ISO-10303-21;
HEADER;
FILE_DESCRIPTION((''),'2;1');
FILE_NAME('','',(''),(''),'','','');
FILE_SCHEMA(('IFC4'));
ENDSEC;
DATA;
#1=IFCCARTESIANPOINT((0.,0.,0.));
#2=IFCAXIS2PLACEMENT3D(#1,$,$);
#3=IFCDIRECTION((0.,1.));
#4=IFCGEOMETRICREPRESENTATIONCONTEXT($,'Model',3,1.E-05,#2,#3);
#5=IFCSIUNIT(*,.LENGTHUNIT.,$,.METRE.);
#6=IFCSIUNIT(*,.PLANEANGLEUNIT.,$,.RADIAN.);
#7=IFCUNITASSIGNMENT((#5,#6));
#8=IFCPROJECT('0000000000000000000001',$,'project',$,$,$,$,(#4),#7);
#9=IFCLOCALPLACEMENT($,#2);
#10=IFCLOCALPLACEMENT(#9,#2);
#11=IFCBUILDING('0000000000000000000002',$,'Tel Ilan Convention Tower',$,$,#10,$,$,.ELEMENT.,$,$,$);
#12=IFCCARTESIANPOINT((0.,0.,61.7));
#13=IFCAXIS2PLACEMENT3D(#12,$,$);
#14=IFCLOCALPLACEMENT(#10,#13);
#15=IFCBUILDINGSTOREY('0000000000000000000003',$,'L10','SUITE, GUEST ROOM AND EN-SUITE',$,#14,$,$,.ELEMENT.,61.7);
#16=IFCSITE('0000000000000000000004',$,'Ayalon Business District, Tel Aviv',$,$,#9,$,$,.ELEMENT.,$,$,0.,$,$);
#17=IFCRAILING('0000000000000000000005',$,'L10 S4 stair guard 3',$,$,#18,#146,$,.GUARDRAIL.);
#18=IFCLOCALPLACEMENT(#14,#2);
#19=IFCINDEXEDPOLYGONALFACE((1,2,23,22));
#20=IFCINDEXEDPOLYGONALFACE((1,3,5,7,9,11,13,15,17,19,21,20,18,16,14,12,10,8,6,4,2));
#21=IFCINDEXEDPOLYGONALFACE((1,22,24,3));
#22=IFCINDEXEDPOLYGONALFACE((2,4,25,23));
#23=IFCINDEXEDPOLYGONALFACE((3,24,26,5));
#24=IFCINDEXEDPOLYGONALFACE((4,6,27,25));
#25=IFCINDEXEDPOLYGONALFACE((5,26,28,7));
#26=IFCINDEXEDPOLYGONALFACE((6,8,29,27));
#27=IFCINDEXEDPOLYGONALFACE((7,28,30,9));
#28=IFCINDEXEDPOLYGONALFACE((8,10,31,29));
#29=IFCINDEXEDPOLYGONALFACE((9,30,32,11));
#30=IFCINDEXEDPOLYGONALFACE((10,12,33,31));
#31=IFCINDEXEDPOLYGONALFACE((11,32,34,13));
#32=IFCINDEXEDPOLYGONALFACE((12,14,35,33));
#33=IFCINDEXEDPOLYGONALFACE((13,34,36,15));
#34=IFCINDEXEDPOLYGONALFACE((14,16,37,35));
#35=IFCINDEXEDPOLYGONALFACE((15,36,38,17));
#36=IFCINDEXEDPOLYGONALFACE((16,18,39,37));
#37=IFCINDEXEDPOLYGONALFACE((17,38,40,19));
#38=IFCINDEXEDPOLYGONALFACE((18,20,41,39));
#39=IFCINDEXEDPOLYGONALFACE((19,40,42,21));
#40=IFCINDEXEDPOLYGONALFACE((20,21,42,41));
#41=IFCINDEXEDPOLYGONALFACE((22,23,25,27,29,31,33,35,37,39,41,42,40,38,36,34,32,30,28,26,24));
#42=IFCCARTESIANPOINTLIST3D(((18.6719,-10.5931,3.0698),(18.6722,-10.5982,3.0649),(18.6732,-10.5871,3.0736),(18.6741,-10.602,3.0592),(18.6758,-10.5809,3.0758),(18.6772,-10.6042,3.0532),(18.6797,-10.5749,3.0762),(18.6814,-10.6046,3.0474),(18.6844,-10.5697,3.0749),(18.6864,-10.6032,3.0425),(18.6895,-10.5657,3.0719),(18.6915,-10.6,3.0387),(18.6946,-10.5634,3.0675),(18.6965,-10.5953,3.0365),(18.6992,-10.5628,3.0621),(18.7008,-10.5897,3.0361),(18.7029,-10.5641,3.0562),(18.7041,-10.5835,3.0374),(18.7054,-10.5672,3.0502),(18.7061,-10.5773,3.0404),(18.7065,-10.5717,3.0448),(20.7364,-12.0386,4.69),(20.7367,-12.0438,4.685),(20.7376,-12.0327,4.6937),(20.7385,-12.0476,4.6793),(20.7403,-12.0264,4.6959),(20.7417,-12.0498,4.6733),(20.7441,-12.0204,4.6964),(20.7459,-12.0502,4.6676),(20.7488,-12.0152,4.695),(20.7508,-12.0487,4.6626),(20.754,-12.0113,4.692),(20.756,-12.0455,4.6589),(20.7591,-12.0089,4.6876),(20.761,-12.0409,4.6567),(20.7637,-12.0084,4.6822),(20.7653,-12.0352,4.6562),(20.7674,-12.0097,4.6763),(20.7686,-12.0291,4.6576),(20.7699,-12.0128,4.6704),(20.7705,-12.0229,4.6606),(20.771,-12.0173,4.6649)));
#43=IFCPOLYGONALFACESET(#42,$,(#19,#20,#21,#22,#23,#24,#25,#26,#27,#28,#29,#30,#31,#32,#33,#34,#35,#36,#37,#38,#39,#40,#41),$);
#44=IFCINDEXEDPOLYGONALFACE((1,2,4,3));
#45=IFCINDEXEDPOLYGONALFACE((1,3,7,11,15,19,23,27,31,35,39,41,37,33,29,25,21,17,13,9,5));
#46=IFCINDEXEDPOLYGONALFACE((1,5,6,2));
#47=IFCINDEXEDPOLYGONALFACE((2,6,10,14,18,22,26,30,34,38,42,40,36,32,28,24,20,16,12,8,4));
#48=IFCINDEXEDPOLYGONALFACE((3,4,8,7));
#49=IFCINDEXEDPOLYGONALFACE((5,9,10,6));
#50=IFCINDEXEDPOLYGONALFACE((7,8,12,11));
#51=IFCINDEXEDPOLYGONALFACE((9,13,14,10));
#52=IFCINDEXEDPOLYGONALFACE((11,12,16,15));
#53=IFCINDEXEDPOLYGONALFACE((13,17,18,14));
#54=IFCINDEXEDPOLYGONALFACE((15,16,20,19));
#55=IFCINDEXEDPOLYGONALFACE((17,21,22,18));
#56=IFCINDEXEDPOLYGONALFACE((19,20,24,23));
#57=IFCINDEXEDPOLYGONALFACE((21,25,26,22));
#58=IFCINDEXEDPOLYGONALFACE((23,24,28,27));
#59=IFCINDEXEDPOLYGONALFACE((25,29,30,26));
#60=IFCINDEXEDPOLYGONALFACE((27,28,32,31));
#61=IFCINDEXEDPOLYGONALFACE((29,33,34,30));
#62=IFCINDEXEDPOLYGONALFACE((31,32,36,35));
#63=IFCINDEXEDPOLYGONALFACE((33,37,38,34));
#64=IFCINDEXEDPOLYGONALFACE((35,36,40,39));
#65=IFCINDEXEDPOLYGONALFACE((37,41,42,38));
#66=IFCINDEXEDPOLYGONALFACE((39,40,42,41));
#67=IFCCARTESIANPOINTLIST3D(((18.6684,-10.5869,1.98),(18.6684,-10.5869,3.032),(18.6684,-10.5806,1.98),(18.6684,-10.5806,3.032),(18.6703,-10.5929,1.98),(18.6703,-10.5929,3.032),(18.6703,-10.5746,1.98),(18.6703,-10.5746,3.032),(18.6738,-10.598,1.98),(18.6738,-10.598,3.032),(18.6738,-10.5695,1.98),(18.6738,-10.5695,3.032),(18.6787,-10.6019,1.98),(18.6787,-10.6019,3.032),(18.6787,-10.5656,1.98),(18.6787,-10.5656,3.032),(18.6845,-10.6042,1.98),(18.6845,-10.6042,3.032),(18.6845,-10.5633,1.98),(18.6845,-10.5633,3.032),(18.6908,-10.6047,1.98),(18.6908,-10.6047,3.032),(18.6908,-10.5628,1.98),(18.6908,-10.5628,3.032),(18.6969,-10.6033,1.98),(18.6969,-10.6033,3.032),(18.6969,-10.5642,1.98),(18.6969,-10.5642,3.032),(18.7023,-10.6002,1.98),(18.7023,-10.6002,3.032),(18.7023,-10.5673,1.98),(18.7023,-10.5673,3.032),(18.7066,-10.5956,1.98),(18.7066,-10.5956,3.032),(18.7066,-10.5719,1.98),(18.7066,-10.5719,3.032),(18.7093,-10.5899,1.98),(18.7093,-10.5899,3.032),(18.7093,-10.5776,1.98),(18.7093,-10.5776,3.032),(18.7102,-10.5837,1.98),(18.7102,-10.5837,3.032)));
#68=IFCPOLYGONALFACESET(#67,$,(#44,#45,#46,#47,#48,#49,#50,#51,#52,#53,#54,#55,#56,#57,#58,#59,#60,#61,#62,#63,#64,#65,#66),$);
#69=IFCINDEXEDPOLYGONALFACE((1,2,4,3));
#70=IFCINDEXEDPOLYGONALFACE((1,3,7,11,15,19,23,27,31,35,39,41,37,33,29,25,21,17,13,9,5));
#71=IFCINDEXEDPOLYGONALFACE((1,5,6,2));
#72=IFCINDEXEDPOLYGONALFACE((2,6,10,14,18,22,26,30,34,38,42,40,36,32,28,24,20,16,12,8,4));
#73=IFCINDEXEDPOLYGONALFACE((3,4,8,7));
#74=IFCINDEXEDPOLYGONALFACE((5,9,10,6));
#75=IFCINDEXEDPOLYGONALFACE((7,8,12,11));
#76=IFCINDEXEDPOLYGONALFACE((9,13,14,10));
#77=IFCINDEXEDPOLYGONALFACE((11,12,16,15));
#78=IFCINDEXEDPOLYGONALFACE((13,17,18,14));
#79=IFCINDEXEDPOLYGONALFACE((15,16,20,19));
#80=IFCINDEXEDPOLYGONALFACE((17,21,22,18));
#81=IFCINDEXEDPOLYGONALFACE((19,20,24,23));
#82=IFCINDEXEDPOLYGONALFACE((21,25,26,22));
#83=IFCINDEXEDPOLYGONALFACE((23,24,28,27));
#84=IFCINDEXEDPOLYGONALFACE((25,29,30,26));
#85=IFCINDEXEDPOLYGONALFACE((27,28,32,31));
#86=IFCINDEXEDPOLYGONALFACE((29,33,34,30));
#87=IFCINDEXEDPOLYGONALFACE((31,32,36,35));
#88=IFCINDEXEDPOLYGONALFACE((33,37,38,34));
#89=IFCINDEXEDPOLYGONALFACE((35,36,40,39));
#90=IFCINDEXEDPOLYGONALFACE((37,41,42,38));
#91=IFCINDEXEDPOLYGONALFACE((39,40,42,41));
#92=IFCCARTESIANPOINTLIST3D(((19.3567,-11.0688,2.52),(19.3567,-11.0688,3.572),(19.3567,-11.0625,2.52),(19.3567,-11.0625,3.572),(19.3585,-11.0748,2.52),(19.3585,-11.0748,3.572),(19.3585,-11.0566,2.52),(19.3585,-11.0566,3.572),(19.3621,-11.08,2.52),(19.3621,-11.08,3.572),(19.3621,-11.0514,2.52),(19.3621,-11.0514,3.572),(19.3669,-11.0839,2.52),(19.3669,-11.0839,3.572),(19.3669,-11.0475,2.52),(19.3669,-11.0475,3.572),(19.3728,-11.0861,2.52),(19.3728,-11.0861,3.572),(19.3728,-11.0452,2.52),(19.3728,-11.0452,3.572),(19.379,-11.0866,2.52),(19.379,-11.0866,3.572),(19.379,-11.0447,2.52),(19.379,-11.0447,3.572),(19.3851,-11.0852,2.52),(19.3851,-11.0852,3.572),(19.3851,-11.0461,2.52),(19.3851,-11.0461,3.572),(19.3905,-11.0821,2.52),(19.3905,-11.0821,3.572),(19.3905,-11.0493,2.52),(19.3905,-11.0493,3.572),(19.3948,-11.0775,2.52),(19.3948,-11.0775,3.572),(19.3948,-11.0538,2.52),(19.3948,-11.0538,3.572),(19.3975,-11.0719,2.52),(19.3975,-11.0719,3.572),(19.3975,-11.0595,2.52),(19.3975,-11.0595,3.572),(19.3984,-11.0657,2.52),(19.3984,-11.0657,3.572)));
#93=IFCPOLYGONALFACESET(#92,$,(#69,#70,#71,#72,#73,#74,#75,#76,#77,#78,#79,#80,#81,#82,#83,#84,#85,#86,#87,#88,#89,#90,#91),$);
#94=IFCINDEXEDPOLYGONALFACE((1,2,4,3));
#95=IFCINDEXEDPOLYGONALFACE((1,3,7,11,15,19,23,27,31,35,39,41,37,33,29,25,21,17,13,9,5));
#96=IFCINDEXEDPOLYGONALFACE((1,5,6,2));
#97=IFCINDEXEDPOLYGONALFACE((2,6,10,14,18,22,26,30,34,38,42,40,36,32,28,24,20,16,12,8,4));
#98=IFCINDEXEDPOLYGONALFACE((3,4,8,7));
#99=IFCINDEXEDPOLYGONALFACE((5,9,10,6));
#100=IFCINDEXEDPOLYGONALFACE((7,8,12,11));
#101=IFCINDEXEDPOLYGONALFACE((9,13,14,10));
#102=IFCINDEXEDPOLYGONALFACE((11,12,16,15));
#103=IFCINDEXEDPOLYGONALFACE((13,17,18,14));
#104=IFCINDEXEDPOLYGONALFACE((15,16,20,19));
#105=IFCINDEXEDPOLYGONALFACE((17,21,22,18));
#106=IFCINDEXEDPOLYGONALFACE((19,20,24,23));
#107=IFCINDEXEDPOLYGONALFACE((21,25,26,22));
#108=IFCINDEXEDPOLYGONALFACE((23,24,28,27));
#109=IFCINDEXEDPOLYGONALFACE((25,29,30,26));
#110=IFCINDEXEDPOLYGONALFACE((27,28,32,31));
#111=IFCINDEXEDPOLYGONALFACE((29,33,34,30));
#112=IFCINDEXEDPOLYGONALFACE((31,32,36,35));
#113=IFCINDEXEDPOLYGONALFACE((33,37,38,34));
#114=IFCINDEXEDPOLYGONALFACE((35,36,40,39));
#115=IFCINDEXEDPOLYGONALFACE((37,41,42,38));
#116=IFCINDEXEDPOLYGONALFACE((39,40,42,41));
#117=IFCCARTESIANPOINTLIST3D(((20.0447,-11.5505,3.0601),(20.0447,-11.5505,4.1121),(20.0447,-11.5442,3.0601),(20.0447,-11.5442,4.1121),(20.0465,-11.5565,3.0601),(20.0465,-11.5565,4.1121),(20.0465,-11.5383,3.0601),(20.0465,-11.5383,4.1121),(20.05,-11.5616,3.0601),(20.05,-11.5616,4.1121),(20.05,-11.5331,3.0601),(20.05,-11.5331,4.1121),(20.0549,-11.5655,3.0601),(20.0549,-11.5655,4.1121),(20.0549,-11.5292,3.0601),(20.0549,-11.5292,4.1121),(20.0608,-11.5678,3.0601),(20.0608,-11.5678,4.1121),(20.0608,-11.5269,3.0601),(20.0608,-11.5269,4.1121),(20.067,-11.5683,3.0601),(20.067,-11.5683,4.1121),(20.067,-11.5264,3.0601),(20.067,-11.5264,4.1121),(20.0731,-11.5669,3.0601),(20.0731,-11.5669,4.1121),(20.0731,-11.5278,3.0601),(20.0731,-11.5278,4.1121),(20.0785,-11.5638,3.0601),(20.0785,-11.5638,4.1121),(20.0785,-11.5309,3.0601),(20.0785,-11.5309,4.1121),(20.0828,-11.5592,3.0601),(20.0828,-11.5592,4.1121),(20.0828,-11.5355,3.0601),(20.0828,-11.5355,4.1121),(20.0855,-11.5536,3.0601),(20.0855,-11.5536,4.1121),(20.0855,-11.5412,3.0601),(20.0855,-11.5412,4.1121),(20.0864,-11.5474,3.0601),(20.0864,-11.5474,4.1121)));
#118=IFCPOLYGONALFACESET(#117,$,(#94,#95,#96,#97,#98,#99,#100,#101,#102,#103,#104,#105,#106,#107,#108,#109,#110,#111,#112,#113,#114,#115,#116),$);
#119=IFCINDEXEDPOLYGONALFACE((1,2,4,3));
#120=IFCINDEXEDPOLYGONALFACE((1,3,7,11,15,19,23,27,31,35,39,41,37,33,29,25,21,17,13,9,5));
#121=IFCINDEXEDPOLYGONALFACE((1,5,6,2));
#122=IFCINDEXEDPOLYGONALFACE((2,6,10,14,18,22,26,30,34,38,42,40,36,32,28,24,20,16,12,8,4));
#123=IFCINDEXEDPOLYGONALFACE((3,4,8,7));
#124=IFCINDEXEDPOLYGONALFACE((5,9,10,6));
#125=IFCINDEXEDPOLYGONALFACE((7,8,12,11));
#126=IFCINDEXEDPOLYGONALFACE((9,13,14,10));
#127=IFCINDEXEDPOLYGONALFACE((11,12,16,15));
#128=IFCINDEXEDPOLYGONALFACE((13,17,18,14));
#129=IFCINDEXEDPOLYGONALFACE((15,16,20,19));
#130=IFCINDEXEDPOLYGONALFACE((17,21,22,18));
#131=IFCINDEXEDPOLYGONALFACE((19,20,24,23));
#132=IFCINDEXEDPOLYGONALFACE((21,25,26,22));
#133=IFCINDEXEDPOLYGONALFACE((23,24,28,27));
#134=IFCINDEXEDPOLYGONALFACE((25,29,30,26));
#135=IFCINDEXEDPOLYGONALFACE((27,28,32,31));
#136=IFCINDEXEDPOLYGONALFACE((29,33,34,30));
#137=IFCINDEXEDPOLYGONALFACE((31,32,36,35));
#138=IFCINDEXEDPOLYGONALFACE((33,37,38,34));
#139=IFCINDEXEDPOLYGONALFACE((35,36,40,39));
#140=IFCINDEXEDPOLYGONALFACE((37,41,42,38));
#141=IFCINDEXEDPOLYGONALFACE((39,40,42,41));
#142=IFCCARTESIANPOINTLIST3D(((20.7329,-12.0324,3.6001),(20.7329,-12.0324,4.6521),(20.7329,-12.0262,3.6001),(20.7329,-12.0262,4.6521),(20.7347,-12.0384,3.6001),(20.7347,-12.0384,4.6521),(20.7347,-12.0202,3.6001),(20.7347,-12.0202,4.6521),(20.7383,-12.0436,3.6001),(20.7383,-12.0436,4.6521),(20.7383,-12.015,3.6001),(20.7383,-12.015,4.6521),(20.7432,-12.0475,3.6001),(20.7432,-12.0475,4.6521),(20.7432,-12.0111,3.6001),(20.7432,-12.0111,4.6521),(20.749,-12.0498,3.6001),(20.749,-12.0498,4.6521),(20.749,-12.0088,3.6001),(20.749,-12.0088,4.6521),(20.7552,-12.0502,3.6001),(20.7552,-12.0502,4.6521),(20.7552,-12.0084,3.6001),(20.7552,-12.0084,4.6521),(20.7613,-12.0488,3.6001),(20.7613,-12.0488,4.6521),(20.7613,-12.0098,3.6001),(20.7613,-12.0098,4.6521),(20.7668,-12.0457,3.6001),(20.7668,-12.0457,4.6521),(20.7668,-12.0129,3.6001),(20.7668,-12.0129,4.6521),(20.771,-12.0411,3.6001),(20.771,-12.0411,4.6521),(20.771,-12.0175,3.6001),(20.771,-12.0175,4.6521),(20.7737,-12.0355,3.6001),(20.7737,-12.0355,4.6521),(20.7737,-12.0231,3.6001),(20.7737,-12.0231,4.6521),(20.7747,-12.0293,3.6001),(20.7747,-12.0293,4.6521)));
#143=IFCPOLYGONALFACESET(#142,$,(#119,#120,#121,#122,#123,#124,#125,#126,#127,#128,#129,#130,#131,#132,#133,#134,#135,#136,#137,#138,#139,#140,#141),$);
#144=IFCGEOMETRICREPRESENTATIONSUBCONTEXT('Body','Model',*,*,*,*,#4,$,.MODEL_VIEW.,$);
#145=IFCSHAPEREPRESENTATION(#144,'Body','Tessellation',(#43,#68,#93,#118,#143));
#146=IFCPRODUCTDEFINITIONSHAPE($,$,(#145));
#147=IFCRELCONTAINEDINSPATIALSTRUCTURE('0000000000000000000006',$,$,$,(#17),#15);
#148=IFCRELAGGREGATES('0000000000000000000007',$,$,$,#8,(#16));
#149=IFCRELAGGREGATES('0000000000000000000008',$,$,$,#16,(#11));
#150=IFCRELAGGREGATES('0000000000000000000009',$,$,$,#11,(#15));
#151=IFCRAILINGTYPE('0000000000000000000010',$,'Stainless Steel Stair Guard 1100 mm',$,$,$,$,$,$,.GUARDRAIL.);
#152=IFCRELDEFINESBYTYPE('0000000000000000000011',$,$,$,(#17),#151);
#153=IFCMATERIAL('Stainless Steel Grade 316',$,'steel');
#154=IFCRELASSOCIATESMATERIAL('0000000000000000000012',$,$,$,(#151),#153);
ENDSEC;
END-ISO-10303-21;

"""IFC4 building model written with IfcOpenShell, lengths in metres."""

from ifc_helpers import new_model, si_unit, direction, frame, origin, origin_2d, place, context, subcontext, project, spatial, circle, extrude, material, type_object, element, save


model = new_model("IFC4")

# Units and contexts
model_context = context("Model", 3, precision=1e-05, world=origin(), true_north=direction((0.0, 1.0)))
body_context = subcontext(model_context, "Body", "Model", "MODEL_VIEW")
ifc_project = project(units=[si_unit("LENGTHUNIT", "METRE"), si_unit("PLANEANGLEUNIT", "RADIAN")], contexts=[model_context])

# Site, building, storey
site_placement = place(None, origin())
site = spatial("IfcSite", under=ifc_project, at=site_placement, Name="Ayalon Business District, Tel Aviv", CompositionType="ELEMENT", RefElevation=0.0)
building_placement = place(site_placement, origin())
building = spatial("IfcBuilding", under=site, at=building_placement, Name="Tel Ilan Convention Tower", CompositionType="ELEMENT")
storey_placement = place(building_placement, frame((0.0, 0.0, 61.7)))
storey = spatial("IfcBuildingStorey", under=building, at=storey_placement, Name="L10", Description="SUITE, GUEST ROOM AND EN-SUITE", CompositionType="ELEMENT", Elevation=61.7)

# Railing
ifc_material_1 = material(Name="Stainless Steel Grade 316", Category="steel")
railing_type_1 = type_object("IfcRailingType", Name="Stainless Steel Stair Guard 1100 mm", PredefinedType="GUARDRAIL", material=ifc_material_1)
railing_1_placement = place(storey_placement, frame((18.6892, -10.5837, 1.98)))
element("IfcRailing", 1, at=railing_1_placement, inside=storey, type_object=railing_type_1, Name="L10 S4 stair guard 3", PredefinedType="GUARDRAIL", context=body_context, shape_type="SweptSolid", body=[
    extrude(circle(Radius=0.0239, at=origin_2d()), frame((0.0, 0.0, 1.0762), z_axis=(0.689056, -0.482486, 0.540749), x_axis=(0.573579, 0.81915, 0.0)), (0.0, 0.0, 1.0), 2.9961),
    extrude(circle(Radius=0.021, at=origin_2d()), origin(), (0.0, 0.0, 1.0), 1.052),
    extrude(circle(Radius=0.021, at=origin_2d()), frame((0.6882, -0.4819, 0.54)), (0.0, 0.0, 1.0), 1.052),
    extrude(circle(Radius=0.021, at=origin_2d()), frame((1.3762, -0.9636, 1.0801)), (0.0, 0.0, 1.0), 1.052),
    extrude(circle(Radius=0.021, at=origin_2d()), frame((2.0645, -1.4456, 1.6201)), (0.0, 0.0, 1.0), 1.052),
])

save(model, "model.ifc")
